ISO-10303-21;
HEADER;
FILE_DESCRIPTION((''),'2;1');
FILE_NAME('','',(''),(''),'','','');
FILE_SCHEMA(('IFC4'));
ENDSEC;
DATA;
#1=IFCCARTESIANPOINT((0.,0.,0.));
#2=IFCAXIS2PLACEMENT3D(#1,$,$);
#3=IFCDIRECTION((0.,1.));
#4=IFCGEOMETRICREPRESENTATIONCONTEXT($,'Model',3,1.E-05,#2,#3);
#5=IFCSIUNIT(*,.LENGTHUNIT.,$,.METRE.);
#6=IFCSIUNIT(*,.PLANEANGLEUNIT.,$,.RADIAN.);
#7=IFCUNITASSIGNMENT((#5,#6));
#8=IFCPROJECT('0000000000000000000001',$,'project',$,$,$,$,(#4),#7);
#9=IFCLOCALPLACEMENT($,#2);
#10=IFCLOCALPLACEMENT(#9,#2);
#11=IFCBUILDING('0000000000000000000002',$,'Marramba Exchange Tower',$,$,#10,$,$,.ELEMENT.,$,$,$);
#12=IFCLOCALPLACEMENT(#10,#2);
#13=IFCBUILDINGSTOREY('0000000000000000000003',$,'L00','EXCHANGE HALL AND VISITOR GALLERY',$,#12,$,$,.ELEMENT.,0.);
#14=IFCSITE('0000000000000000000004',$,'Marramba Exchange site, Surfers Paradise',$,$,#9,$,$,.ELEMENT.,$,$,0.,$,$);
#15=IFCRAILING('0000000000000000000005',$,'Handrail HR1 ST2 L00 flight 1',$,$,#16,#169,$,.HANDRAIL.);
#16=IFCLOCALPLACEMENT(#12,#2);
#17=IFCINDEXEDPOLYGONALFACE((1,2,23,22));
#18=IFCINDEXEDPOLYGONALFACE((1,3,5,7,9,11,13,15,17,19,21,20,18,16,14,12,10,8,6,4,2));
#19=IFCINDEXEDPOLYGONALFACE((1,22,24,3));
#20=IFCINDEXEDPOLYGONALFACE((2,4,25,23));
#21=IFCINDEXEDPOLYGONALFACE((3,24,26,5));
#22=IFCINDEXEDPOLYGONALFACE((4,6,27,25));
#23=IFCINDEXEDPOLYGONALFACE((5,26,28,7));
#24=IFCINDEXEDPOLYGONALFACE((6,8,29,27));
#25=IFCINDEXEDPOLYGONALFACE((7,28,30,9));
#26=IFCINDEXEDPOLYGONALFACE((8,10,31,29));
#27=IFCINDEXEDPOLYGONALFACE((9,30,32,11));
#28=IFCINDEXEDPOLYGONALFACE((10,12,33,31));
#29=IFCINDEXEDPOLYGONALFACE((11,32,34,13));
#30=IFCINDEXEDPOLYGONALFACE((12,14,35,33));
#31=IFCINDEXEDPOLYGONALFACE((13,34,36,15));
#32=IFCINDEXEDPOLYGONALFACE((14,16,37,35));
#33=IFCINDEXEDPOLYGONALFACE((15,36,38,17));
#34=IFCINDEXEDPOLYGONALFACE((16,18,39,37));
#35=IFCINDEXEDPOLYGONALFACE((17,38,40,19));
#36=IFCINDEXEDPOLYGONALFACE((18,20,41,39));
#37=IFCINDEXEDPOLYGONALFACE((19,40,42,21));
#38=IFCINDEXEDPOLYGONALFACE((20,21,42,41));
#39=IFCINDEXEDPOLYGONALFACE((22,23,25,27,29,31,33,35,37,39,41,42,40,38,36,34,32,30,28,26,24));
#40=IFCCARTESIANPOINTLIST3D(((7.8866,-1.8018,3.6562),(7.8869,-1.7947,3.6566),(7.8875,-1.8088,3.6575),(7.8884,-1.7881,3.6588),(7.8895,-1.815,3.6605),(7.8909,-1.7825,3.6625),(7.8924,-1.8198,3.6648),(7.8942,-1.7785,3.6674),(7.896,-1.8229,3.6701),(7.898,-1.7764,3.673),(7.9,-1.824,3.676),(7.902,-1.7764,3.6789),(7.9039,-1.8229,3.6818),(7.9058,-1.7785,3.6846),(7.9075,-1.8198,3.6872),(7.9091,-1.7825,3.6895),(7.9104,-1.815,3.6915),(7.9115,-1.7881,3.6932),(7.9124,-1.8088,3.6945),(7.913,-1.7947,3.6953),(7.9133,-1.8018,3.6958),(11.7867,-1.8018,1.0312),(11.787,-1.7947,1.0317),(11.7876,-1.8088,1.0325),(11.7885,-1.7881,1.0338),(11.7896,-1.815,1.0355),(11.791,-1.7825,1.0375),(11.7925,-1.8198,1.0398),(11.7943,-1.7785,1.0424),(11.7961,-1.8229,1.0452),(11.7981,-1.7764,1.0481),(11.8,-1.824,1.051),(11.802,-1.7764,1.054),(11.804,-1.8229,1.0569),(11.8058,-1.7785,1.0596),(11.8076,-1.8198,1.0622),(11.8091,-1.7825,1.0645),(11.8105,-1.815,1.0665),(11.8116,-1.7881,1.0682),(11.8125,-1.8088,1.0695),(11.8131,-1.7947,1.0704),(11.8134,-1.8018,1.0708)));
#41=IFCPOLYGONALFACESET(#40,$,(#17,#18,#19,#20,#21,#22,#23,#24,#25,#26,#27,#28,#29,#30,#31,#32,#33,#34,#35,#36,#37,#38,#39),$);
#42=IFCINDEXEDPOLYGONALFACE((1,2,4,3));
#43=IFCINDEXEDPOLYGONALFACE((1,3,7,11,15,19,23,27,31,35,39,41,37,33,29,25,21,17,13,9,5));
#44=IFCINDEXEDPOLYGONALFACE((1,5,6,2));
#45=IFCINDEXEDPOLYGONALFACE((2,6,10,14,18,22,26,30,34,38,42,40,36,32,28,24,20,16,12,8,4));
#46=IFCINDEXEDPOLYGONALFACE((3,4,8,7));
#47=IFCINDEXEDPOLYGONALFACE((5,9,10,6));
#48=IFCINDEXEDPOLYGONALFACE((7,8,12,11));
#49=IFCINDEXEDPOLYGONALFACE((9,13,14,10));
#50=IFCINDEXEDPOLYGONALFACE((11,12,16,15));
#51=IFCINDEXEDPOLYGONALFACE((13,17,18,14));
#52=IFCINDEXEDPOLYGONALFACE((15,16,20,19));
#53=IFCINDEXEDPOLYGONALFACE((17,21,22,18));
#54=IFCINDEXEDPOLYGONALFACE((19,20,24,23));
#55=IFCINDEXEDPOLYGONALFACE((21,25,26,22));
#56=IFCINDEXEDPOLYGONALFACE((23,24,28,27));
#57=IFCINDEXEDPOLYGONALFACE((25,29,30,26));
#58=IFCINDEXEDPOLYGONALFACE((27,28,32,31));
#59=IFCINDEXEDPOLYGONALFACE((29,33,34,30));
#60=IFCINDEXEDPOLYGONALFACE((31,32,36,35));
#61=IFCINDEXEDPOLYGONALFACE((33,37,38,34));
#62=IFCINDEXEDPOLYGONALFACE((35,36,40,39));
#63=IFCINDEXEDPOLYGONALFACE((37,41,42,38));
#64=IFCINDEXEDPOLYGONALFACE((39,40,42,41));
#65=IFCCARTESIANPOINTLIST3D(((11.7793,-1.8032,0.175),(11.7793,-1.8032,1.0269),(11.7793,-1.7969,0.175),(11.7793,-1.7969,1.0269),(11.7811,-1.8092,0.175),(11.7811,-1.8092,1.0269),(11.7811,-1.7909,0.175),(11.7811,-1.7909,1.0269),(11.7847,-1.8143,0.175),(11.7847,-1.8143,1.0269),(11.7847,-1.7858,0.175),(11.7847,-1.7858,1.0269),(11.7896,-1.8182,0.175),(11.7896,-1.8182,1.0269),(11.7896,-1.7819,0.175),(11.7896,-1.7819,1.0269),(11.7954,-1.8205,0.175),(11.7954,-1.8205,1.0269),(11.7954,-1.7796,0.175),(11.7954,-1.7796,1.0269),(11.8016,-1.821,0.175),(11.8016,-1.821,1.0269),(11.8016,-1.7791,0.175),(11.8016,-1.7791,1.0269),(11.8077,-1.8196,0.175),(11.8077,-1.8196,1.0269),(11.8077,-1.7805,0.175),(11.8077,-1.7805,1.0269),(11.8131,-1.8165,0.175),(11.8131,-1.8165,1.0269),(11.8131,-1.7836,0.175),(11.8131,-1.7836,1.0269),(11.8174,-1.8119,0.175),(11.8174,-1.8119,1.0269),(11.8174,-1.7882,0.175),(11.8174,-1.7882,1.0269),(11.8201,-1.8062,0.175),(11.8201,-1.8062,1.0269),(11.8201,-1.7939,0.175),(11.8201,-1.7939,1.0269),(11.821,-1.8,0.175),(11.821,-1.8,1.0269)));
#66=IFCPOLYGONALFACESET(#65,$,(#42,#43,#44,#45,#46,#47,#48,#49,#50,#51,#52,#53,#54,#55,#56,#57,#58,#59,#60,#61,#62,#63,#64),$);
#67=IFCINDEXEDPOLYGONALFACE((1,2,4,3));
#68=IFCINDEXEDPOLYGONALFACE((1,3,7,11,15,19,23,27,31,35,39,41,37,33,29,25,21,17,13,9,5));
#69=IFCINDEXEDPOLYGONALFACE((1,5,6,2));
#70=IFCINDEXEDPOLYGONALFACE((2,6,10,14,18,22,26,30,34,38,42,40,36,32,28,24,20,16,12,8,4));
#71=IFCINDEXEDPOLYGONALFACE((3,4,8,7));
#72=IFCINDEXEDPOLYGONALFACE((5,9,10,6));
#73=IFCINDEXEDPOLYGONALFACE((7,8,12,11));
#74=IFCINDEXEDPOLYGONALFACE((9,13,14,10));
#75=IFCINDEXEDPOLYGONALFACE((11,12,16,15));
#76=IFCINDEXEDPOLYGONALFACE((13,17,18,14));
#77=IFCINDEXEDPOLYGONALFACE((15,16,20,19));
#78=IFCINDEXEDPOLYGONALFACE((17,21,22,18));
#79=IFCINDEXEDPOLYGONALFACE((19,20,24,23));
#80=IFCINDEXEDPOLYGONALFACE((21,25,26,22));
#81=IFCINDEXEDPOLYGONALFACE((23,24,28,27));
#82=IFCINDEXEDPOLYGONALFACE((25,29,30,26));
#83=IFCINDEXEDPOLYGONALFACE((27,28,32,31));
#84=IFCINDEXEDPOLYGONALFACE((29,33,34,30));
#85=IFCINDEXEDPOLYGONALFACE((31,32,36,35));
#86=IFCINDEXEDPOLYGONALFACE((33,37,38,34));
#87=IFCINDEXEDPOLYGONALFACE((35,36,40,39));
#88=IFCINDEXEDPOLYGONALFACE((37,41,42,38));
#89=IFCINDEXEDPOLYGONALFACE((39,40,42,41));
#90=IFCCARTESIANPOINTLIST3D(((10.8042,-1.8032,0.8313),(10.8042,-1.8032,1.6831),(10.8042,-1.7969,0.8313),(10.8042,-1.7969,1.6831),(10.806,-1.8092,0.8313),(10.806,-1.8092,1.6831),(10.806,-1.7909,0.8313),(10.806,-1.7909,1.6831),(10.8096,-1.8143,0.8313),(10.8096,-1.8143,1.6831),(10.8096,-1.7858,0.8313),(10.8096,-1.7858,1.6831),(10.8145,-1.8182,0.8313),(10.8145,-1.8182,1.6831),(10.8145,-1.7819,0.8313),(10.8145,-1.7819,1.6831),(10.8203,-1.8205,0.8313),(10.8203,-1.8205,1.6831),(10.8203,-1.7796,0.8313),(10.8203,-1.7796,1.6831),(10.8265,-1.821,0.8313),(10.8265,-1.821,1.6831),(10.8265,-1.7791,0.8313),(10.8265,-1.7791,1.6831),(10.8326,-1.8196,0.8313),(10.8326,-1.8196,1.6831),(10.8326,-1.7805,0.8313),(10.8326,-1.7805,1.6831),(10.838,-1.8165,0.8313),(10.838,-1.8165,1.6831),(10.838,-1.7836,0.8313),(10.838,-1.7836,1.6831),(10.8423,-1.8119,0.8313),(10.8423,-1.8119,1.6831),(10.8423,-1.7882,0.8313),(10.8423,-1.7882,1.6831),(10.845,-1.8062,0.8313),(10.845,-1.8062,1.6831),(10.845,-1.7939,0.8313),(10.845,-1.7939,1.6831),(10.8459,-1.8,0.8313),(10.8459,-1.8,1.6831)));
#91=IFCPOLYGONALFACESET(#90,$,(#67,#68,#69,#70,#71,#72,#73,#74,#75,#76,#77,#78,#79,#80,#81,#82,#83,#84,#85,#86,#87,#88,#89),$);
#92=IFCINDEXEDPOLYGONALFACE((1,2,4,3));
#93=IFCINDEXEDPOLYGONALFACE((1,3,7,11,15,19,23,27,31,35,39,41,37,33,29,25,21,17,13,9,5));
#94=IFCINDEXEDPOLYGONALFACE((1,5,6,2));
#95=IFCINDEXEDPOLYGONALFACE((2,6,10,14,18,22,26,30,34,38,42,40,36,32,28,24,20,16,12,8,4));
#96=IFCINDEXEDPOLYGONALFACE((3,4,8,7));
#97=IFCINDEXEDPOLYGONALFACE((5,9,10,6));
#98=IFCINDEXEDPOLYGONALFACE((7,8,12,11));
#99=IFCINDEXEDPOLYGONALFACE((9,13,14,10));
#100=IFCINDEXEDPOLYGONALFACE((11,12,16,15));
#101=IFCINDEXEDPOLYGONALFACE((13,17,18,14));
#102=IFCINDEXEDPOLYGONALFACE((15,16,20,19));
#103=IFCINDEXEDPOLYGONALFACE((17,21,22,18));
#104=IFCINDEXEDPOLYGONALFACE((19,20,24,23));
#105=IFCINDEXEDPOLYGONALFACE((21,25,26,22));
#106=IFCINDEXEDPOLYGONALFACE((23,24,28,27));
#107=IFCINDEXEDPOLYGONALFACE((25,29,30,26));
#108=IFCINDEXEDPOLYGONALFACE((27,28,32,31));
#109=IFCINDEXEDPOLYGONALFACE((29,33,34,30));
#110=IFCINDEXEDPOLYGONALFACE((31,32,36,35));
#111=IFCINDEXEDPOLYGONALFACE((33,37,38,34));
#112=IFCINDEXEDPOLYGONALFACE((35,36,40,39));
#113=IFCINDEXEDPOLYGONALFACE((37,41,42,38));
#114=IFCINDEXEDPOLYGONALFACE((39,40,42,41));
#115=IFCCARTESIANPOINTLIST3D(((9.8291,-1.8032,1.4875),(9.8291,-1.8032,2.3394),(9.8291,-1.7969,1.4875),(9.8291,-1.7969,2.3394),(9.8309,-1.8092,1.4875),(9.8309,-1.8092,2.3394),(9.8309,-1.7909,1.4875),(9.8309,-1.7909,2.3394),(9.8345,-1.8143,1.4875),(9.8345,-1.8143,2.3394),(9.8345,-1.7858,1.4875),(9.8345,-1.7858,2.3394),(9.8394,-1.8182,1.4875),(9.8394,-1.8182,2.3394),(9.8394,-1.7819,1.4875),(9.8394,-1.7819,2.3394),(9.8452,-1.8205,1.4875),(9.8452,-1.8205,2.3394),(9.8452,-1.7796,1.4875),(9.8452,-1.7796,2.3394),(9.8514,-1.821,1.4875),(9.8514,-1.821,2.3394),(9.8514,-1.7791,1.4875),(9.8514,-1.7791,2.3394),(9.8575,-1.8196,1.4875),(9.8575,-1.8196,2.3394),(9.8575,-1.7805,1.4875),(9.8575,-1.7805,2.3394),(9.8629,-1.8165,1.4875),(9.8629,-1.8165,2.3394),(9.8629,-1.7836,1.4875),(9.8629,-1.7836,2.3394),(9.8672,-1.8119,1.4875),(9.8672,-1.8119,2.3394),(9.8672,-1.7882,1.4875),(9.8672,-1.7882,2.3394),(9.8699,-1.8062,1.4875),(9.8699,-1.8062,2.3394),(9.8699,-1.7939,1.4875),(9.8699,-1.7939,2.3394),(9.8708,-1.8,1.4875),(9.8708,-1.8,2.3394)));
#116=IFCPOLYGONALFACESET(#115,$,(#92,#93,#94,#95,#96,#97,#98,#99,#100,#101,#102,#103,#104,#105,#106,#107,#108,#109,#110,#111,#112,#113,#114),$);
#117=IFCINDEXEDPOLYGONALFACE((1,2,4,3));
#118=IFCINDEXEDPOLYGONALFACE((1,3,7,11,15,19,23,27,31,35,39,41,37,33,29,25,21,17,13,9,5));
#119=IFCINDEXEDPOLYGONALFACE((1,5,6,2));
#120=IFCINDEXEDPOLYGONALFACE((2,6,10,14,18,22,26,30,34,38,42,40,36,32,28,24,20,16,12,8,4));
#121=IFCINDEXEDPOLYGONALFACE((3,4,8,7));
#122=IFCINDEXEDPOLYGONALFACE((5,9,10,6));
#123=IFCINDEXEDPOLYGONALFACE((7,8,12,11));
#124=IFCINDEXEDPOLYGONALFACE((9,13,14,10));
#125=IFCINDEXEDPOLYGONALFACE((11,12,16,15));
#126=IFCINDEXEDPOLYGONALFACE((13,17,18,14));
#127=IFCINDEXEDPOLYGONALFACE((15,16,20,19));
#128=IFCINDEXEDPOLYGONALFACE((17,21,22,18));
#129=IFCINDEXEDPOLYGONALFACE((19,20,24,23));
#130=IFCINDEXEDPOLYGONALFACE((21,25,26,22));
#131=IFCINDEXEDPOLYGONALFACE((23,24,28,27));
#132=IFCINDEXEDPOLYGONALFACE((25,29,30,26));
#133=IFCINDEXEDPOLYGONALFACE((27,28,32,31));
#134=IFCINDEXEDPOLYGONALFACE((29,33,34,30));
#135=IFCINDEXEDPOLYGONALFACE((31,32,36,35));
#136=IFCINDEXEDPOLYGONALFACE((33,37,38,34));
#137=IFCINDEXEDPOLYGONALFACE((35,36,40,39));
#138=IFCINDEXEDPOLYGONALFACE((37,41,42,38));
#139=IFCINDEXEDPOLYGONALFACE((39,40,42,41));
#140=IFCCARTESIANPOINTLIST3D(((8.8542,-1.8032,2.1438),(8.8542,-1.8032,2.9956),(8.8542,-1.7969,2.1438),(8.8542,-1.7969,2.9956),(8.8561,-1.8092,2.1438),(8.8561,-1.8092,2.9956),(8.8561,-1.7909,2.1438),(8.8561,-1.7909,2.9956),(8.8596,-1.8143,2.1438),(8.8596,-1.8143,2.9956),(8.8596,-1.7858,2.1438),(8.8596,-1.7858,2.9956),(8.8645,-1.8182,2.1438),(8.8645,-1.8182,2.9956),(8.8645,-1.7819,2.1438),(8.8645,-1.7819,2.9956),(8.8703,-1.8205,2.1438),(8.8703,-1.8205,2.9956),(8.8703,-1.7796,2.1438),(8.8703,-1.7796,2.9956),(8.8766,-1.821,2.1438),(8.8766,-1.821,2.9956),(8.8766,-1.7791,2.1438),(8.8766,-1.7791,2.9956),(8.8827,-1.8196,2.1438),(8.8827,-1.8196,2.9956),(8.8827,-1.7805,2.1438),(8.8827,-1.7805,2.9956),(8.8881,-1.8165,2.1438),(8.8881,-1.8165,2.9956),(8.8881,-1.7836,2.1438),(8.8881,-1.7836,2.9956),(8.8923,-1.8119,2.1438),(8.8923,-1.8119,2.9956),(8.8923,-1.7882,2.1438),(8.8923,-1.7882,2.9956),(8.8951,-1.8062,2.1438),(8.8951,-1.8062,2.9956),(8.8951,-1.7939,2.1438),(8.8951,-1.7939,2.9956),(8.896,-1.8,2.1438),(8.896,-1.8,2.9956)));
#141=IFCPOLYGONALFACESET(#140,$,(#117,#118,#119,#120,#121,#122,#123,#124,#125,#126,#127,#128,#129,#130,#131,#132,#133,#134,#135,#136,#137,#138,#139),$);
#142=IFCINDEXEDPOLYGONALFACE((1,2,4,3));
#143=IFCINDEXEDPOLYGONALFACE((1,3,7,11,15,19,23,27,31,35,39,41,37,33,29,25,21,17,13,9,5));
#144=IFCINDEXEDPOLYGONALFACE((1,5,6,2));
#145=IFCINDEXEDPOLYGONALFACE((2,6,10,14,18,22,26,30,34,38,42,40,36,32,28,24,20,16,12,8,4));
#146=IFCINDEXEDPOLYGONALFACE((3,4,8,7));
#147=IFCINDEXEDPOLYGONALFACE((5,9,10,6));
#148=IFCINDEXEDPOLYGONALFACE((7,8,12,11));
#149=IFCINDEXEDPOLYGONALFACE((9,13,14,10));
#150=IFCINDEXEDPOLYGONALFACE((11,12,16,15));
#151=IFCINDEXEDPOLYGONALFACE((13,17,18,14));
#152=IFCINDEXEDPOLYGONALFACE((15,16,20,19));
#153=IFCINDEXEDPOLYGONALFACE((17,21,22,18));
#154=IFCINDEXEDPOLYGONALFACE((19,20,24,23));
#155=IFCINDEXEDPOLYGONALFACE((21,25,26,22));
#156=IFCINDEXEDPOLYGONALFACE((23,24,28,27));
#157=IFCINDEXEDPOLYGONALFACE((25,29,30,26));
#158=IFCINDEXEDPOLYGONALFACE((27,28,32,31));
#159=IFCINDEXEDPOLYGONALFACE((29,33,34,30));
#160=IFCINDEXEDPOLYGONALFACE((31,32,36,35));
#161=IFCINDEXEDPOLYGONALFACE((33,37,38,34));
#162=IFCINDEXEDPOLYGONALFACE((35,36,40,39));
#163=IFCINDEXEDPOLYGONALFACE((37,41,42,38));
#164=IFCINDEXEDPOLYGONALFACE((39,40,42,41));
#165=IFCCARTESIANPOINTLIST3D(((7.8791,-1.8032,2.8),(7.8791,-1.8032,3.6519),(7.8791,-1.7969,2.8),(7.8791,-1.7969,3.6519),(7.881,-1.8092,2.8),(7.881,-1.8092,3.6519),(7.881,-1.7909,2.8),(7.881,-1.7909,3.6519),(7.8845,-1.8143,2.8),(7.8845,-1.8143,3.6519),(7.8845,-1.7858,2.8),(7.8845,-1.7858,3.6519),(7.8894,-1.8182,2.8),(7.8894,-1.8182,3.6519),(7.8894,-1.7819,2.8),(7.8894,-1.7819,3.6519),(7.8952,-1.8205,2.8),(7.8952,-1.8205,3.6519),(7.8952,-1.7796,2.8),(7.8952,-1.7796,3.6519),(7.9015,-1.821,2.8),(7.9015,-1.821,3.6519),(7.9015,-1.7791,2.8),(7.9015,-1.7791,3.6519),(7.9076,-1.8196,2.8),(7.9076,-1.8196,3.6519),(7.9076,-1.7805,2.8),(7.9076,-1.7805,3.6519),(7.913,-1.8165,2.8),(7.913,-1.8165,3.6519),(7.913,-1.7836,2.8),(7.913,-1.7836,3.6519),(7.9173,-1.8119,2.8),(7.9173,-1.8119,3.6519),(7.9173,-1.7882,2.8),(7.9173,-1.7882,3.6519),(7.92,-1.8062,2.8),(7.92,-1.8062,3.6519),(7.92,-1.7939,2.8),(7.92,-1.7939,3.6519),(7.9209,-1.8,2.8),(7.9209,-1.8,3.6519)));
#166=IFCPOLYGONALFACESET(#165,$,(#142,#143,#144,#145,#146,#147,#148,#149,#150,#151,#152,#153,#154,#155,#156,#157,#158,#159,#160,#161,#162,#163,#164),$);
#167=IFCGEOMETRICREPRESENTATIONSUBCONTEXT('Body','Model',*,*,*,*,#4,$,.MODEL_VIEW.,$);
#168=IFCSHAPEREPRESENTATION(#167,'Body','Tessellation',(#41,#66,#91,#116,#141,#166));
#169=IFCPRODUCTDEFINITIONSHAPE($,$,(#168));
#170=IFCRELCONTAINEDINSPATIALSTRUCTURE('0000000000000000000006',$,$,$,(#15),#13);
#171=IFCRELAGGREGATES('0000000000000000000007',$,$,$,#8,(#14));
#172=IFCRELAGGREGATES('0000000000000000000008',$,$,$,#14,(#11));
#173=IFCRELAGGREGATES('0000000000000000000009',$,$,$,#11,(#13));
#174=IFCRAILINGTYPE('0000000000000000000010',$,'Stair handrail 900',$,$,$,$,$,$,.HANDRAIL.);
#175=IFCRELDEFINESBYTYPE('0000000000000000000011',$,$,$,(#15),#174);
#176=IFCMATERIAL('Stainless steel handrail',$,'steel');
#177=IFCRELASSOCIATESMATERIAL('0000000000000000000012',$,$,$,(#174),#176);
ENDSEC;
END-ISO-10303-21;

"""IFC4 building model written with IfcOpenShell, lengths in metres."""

from ifc_helpers import new_model, si_unit, direction, frame, origin, origin_2d, place, context, subcontext, project, spatial, circle, extrude, material, type_object, element, save


model = new_model("IFC4")

# Units and contexts
model_context = context("Model", 3, precision=1e-05, world=origin(), true_north=direction((0.0, 1.0)))
body_context = subcontext(model_context, "Body", "Model", "MODEL_VIEW")
ifc_project = project(units=[si_unit("LENGTHUNIT", "METRE"), si_unit("PLANEANGLEUNIT", "RADIAN")], contexts=[model_context])

# Site, building, storey
site_placement = place(None, origin())
site = spatial("IfcSite", under=ifc_project, at=site_placement, Name="Marramba Exchange site, Surfers Paradise", CompositionType="ELEMENT", RefElevation=0.0)
building_placement = place(site_placement, origin())
building = spatial("IfcBuilding", under=site, at=building_placement, Name="Marramba Exchange Tower", CompositionType="ELEMENT")
storey_placement = place(building_placement, origin())
storey = spatial("IfcBuildingStorey", under=building, at=storey_placement, Name="L00", Description="EXCHANGE HALL AND VISITOR GALLERY", CompositionType="ELEMENT", Elevation=0.0)

# Railing
ifc_material_1 = material(Name="Stainless steel handrail", Category="steel")
railing_type = type_object("IfcRailingType", Name="Stair handrail 900", PredefinedType="HANDRAIL", material=ifc_material_1)
railing_placement = place(storey_placement, frame((11.8, -1.8, 0.175)))
element("IfcRailing", 1, at=railing_placement, inside=storey, type_object=railing_type, Name="Handrail HR1 ST2 L00 flight 1", PredefinedType="HANDRAIL", context=body_context, shape_type="SweptSolid", body=[
    extrude(circle(Radius=0.0239, at=origin_2d()), frame((0.0, 0.0, 0.876), z_axis=(-0.829597, 0.0, 0.558362), x_axis=(0.0, -1.0, 0.0)), (0.0, 0.0, 1.0), 4.7012),
    extrude(circle(Radius=0.021, at=origin_2d()), origin(), (0.0, 0.0, 1.0), 0.8518),
    extrude(circle(Radius=0.021, at=origin_2d()), frame((-0.9751, 0.0, 0.6562)), (0.0, 0.0, 1.0), 0.8518),
    extrude(circle(Radius=0.021, at=origin_2d()), frame((-1.9502, 0.0, 1.3125)), (0.0, 0.0, 1.0), 0.8518),
    extrude(circle(Radius=0.021, at=origin_2d()), frame((-2.925, 0.0, 1.9688)), (0.0, 0.0, 1.0), 0.8518),
    extrude(circle(Radius=0.021, at=origin_2d()), frame((-3.9001, 0.0, 2.625)), (0.0, 0.0, 1.0), 0.8518),
])

save(model, "model.ifc")
